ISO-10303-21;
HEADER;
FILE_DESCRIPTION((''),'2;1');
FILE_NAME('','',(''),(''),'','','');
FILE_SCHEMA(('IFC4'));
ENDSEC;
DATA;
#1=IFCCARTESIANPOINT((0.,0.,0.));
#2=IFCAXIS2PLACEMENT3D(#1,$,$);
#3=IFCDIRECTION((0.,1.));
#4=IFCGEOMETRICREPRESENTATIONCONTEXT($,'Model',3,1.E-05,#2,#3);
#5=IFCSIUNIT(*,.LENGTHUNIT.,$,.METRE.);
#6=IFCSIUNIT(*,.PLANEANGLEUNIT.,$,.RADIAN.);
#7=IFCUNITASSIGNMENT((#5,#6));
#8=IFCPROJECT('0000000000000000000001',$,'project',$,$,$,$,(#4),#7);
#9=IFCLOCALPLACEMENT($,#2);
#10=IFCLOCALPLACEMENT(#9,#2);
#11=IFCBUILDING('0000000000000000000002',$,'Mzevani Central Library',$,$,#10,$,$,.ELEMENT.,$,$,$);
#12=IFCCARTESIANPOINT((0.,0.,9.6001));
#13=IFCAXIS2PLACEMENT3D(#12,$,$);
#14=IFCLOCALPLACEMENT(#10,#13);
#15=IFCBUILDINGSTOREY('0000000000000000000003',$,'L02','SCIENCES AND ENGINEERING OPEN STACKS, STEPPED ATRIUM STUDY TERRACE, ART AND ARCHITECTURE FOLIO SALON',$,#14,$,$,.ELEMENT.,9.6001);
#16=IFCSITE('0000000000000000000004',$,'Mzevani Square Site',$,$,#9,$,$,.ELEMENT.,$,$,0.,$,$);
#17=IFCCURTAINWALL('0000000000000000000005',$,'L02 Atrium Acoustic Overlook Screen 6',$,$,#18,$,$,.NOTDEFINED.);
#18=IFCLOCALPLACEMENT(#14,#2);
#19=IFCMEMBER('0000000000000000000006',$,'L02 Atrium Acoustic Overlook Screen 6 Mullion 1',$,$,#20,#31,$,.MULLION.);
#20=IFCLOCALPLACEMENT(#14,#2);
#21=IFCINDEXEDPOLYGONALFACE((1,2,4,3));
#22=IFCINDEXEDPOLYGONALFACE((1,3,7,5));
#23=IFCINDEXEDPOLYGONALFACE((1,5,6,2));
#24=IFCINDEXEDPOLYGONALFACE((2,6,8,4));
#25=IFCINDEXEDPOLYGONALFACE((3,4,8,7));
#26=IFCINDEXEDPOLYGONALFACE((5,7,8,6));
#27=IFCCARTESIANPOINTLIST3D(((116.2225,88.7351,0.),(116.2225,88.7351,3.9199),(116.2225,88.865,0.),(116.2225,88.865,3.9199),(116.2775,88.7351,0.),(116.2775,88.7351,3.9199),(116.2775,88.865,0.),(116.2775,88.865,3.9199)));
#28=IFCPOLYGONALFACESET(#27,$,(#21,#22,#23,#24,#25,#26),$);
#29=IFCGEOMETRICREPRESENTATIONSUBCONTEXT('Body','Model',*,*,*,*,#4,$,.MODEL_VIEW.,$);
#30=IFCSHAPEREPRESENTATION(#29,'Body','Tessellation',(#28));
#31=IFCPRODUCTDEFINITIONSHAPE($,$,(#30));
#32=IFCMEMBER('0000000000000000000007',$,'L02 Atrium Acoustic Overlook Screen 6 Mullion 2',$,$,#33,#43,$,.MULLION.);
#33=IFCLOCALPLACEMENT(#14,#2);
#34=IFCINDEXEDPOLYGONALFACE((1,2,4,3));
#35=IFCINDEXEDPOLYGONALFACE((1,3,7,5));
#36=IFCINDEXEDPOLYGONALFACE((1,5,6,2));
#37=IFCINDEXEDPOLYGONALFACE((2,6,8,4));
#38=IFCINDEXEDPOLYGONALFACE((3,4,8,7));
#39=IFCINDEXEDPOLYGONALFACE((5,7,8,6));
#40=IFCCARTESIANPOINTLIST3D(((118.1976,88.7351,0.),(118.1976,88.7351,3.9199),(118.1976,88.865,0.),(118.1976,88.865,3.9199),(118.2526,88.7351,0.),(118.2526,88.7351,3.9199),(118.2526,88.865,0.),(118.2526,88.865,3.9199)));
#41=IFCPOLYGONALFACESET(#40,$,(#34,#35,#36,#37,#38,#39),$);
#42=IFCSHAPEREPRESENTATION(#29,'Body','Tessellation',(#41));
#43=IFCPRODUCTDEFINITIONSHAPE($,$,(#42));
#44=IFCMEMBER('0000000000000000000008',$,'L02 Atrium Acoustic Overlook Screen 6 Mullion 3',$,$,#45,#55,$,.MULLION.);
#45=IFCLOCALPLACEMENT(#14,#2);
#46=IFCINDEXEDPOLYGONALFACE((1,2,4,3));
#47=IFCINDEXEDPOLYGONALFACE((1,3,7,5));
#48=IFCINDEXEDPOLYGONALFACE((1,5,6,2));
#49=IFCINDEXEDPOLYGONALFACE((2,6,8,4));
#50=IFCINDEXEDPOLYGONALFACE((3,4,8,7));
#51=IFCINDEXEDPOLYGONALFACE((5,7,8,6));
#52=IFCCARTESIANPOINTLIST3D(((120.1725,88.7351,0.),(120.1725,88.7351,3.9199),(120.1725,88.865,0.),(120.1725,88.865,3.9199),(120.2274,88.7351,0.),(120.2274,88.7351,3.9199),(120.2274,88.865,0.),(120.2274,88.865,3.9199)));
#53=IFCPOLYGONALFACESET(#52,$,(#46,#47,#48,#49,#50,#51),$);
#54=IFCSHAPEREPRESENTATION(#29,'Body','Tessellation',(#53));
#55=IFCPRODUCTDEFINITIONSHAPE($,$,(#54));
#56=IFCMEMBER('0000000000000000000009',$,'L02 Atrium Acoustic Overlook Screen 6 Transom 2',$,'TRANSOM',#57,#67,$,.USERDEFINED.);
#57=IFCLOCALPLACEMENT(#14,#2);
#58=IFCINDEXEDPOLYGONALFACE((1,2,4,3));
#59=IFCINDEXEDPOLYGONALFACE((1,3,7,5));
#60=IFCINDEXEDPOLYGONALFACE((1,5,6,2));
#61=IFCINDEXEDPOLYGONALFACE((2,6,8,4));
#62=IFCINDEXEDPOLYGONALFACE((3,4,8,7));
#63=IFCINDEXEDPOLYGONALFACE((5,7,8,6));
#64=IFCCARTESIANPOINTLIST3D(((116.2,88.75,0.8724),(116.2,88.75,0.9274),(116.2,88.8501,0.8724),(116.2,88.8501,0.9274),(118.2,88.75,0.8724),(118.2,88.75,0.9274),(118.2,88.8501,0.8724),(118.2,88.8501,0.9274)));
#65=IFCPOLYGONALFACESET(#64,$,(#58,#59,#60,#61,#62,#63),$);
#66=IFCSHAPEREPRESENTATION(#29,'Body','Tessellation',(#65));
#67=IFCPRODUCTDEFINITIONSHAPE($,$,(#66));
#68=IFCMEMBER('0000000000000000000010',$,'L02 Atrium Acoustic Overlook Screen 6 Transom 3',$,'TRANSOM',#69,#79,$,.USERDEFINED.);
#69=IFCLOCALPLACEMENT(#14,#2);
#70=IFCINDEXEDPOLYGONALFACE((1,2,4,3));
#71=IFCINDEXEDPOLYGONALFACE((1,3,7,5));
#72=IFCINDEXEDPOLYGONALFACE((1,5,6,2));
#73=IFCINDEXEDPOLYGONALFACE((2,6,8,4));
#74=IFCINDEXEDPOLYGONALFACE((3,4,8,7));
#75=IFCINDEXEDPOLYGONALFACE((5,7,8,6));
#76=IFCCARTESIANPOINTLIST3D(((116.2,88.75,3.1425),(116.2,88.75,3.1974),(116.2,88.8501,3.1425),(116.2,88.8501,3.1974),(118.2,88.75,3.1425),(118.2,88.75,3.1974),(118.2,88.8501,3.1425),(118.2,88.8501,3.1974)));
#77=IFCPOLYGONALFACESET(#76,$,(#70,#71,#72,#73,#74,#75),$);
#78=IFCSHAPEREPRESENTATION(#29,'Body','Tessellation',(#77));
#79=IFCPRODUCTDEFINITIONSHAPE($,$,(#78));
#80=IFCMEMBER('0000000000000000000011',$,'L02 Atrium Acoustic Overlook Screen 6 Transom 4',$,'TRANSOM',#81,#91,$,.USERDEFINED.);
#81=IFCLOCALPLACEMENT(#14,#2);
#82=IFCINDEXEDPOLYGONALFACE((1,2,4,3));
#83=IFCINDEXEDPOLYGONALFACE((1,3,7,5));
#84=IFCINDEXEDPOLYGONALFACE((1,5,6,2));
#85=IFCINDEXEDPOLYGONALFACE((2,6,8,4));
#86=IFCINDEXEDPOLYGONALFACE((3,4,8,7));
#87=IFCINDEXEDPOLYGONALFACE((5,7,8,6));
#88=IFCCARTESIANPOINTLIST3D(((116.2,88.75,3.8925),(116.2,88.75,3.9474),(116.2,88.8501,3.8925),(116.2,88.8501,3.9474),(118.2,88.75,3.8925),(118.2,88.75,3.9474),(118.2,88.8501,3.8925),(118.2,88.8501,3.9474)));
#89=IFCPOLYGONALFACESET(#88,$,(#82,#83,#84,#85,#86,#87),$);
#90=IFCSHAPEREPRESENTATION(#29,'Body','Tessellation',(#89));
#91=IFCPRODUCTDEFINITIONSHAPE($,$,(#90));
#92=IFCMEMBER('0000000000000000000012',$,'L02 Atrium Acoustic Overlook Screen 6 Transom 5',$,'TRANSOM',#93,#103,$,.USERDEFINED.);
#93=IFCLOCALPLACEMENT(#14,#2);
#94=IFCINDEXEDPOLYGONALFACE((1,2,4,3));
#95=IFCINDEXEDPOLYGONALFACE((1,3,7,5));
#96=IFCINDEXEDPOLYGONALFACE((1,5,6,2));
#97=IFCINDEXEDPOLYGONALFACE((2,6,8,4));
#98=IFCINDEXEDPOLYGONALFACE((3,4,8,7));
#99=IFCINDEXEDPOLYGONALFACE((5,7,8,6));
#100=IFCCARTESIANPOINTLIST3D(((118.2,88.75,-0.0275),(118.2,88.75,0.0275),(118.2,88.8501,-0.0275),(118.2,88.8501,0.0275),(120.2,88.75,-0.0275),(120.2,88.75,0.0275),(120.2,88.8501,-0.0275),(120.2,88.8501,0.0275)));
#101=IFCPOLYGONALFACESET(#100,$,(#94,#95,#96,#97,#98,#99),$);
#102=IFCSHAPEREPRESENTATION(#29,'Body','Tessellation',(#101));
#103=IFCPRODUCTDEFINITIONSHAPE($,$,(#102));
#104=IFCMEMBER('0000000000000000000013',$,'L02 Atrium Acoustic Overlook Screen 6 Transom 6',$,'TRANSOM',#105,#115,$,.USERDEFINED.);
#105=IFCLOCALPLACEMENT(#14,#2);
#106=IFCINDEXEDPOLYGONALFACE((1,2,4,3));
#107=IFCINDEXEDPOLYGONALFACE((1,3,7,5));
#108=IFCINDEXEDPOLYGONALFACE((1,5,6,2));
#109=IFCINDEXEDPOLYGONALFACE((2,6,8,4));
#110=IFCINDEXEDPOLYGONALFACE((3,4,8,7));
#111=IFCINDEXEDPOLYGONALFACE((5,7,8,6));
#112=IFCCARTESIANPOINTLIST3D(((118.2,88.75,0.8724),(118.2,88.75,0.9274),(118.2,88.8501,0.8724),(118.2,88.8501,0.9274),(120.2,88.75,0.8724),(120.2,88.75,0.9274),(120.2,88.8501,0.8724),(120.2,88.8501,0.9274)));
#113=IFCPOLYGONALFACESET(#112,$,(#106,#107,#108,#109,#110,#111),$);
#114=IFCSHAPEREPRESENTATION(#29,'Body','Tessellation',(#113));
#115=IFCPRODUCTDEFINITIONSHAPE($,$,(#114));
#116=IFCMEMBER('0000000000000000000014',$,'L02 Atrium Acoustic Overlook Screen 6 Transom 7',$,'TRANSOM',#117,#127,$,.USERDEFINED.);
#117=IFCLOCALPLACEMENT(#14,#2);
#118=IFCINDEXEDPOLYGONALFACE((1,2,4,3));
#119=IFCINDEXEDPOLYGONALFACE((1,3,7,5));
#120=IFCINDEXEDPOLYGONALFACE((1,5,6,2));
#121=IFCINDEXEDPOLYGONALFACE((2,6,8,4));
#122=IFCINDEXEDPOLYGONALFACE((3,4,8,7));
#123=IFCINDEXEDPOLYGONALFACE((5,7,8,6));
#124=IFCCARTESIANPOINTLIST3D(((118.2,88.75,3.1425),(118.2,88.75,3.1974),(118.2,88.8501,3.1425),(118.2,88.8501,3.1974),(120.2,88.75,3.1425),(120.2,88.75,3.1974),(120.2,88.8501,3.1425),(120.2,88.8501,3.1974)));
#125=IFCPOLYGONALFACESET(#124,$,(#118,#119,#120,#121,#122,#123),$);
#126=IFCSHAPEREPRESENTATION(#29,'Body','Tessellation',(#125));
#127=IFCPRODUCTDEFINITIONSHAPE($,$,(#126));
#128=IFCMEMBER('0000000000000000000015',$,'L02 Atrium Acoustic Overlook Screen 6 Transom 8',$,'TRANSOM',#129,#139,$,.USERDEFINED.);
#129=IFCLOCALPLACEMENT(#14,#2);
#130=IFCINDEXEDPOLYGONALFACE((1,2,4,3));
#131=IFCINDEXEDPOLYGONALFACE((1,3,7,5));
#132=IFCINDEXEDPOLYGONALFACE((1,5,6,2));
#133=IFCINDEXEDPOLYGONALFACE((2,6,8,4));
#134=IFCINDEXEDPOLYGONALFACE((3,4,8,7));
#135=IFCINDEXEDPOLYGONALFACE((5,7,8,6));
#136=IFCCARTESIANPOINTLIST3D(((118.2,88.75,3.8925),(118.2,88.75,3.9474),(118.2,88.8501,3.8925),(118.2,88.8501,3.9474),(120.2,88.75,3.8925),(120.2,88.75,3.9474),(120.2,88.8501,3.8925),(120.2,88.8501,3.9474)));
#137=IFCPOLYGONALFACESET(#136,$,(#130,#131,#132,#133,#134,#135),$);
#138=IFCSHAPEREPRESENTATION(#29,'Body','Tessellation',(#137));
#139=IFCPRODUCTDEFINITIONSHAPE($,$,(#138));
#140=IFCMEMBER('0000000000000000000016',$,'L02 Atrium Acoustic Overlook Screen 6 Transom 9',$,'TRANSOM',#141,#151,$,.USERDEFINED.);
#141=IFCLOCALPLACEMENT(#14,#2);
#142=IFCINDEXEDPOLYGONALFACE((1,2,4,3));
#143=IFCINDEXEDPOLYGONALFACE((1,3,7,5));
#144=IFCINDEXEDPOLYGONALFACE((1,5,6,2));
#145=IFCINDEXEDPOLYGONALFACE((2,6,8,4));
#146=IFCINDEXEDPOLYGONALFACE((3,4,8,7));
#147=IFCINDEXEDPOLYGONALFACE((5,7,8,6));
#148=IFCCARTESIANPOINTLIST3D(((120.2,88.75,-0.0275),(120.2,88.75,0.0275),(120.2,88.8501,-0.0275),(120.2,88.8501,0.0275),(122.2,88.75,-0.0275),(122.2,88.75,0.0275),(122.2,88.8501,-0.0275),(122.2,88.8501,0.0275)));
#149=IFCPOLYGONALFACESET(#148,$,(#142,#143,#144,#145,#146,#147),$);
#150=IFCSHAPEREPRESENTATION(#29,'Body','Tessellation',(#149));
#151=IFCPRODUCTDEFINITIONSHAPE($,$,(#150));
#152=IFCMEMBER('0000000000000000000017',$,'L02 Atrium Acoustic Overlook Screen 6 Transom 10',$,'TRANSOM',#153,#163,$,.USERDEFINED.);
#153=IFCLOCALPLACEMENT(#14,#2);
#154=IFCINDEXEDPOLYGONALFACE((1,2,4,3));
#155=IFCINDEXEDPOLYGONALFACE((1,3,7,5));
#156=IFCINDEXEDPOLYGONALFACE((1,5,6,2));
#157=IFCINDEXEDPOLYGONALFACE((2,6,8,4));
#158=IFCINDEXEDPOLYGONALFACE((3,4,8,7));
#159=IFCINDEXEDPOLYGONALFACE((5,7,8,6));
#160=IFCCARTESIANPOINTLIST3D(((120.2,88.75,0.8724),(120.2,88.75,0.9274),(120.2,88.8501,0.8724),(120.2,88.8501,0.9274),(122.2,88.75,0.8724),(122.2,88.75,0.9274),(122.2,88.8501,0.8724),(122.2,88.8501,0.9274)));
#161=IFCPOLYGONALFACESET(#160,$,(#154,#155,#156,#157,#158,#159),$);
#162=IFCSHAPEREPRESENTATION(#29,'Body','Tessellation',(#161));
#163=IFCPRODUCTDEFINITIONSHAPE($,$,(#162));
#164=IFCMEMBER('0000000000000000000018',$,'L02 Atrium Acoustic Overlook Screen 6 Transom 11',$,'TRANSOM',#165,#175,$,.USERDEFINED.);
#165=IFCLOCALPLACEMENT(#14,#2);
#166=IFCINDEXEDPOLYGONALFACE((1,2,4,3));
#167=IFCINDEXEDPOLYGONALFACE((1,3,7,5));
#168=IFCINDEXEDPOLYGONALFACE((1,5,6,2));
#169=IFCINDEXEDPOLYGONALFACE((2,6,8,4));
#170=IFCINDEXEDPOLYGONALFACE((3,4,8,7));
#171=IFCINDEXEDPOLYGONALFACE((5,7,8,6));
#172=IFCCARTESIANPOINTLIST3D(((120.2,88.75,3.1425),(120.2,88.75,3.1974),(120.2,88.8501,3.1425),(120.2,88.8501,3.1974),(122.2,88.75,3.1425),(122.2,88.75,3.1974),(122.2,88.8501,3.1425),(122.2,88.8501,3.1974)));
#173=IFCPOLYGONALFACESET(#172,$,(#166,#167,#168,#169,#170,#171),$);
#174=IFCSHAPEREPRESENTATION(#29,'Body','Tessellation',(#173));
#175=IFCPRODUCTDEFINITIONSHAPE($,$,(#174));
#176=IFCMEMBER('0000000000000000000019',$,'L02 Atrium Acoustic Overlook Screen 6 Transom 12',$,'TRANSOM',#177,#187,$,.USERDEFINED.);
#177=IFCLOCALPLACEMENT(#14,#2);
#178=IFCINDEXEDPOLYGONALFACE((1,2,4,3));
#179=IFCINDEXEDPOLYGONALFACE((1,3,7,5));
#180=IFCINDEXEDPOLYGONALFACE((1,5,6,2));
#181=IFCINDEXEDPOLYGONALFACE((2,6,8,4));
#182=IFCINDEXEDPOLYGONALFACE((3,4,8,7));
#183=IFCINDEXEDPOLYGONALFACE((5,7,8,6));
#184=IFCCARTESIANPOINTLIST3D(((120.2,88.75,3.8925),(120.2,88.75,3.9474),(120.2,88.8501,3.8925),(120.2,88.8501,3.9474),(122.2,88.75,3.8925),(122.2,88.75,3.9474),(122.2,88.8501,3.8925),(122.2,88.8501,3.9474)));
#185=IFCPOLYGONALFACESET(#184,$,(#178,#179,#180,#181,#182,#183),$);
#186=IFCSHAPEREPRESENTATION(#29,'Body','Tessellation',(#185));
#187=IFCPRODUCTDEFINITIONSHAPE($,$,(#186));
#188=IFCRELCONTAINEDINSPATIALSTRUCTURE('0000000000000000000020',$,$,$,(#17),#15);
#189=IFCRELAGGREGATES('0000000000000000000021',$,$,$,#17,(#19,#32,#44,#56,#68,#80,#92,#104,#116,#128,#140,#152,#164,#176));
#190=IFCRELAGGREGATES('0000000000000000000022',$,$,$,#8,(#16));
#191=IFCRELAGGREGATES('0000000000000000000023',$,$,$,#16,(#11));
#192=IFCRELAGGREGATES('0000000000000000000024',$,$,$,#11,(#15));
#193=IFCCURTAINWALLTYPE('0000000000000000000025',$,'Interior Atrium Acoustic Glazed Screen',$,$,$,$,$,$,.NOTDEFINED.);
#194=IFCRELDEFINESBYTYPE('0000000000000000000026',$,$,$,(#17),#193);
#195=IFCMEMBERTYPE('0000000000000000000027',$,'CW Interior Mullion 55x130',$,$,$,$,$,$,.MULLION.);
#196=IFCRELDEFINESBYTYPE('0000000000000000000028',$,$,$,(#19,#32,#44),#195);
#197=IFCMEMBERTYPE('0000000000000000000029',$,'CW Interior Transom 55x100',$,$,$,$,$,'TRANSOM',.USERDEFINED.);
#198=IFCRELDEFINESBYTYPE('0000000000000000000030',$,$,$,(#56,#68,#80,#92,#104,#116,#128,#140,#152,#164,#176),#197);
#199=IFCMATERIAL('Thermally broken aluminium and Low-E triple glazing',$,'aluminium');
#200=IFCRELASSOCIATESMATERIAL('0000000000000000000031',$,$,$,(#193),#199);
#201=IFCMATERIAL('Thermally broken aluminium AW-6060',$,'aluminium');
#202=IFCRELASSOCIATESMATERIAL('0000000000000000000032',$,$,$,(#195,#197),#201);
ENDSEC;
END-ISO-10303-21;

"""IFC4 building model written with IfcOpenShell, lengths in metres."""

from ifc_helpers import new_model, si_unit, direction, frame, origin, origin_2d, place, context, subcontext, project, spatial, rectangle, extrude, material, material_profile, profile_set, type_object, element, aggregate, save


model = new_model("IFC4")

# Units and contexts
model_context = context("Model", 3, precision=1e-05, world=origin(), true_north=direction((0.0, 1.0)))
body_context = subcontext(model_context, "Body", "Model", "MODEL_VIEW")
ifc_project = project(units=[si_unit("LENGTHUNIT", "METRE"), si_unit("PLANEANGLEUNIT", "RADIAN")], contexts=[model_context])

# Site, building, storey
site_placement = place(None, origin())
site = spatial("IfcSite", under=ifc_project, at=site_placement, Name="Mzevani Square Site", CompositionType="ELEMENT", RefElevation=0.0)
building_placement = place(site_placement, origin())
building = spatial("IfcBuilding", under=site, at=building_placement, Name="Mzevani Central Library", CompositionType="ELEMENT")
storey_placement = place(building_placement, frame((0.0, 0.0, 9.6001)))
storey = spatial("IfcBuildingStorey", under=building, at=storey_placement, Name="L02", Description="SCIENCES AND ENGINEERING OPEN STACKS, STEPPED ATRIUM STUDY TERRACE, ART AND ARCHITECTURE FOLIO SALON", CompositionType="ELEMENT", Elevation=9.6001)

# Curtain wall, members
ifc_material_1 = material(Name="Thermally broken aluminium and Low-E triple glazing", Category="aluminium")
curtain_wall_type = type_object("IfcCurtainWallType", Name="Interior Atrium Acoustic Glazed Screen", PredefinedType="NOTDEFINED", material=ifc_material_1)
curtain_wall_placement = place(storey_placement, origin())
curtain_wall = element("IfcCurtainWall", 1, at=curtain_wall_placement, inside=storey, type_object=curtain_wall_type, Name="L02 Atrium Acoustic Overlook Screen 6", PredefinedType="NOTDEFINED")
ifc_material_2 = material(Name="Thermally broken aluminium AW-6060", Category="aluminium")
ifc_material_profile_1 = material_profile(ifc_material_2, rectangle(XDim=0.0549, YDim=0.1299, at=origin_2d()), Name="ALU M55x130")
ifc_profile_set_1 = profile_set([ifc_material_profile_1], Name="Thermally broken aluminium AW-6060")
member_type_1 = type_object("IfcMemberType", Name="CW Interior Mullion 55x130", PredefinedType="MULLION", material=ifc_profile_set_1)
member_1_placement = place(storey_placement, frame((116.25, 88.8, 0.0), z_axis=(0.0, 0.0, 1.0), x_axis=(1.0, 0.0, 0.0)))
member_1 = element("IfcMember", 2, at=member_1_placement, type_object=member_type_1, Name="L02 Atrium Acoustic Overlook Screen 6 Mullion 1", PredefinedType="MULLION", context=body_context, shape_type="SweptSolid", body=[
    extrude(rectangle(XDim=0.0549, YDim=0.1299, at=origin_2d()), origin(), (0.0, 0.0, 1.0), 3.9199),
])
member_2_placement = place(storey_placement, frame((118.2251, 88.8, 0.0), z_axis=(0.0, 0.0, 1.0), x_axis=(1.0, 0.0, 0.0)))
member_2 = element("IfcMember", 3, at=member_2_placement, type_object=member_type_1, Name="L02 Atrium Acoustic Overlook Screen 6 Mullion 2", PredefinedType="MULLION", context=body_context, shape_type="SweptSolid", body=[
    extrude(rectangle(XDim=0.0549, YDim=0.1299, at=origin_2d()), origin(), (0.0, 0.0, 1.0), 3.9199),
])
member_3_placement = place(storey_placement, frame((120.2, 88.8, 0.0), z_axis=(0.0, 0.0, 1.0), x_axis=(1.0, 0.0, 0.0)))
member_3 = element("IfcMember", 4, at=member_3_placement, type_object=member_type_1, Name="L02 Atrium Acoustic Overlook Screen 6 Mullion 3", PredefinedType="MULLION", context=body_context, shape_type="SweptSolid", body=[
    extrude(rectangle(XDim=0.0549, YDim=0.1299, at=origin_2d()), origin(), (0.0, 0.0, 1.0), 3.9199),
])
ifc_material_profile_2 = material_profile(ifc_material_2, rectangle(XDim=0.1001, YDim=0.0549, at=origin_2d()), Name="ALU T55x100")
ifc_profile_set_2 = profile_set([ifc_material_profile_2], Name="Thermally broken aluminium AW-6060")
member_type_2 = type_object("IfcMemberType", Name="CW Interior Transom 55x100", ElementType="TRANSOM", PredefinedType="USERDEFINED", material=ifc_profile_set_2)
member_4_placement = place(storey_placement, frame((116.2, 88.8, 0.8999), z_axis=(1.0, 0.0, 0.0), x_axis=(0.0, 1.0, 0.0)))
member_4 = element("IfcMember", 5, at=member_4_placement, type_object=member_type_2, Name="L02 Atrium Acoustic Overlook Screen 6 Transom 2", ObjectType="TRANSOM", PredefinedType="USERDEFINED", context=body_context, shape_type="SweptSolid", body=[
    extrude(rectangle(XDim=0.1001, YDim=0.0549, at=origin_2d()), origin(), (0.0, 0.0, 1.0), 2.0),
])
member_5_placement = place(storey_placement, frame((116.2, 88.8, 3.1699), z_axis=(1.0, 0.0, 0.0), x_axis=(0.0, 1.0, 0.0)))
member_5 = element("IfcMember", 6, at=member_5_placement, type_object=member_type_2, Name="L02 Atrium Acoustic Overlook Screen 6 Transom 3", ObjectType="TRANSOM", PredefinedType="USERDEFINED", context=body_context, shape_type="SweptSolid", body=[
    extrude(rectangle(XDim=0.1001, YDim=0.0549, at=origin_2d()), origin(), (0.0, 0.0, 1.0), 2.0),
])
member_6_placement = place(storey_placement, frame((116.2, 88.8, 3.9199), z_axis=(1.0, 0.0, 0.0), x_axis=(0.0, 1.0, 0.0)))
member_6 = element("IfcMember", 7, at=member_6_placement, type_object=member_type_2, Name="L02 Atrium Acoustic Overlook Screen 6 Transom 4", ObjectType="TRANSOM", PredefinedType="USERDEFINED", context=body_context, shape_type="SweptSolid", body=[
    extrude(rectangle(XDim=0.1001, YDim=0.0549, at=origin_2d()), origin(), (0.0, 0.0, 1.0), 2.0),
])
member_7_placement = place(storey_placement, frame((118.2, 88.8, 0.0), z_axis=(1.0, 0.0, 0.0), x_axis=(0.0, 1.0, 0.0)))
member_7 = element("IfcMember", 8, at=member_7_placement, type_object=member_type_2, Name="L02 Atrium Acoustic Overlook Screen 6 Transom 5", ObjectType="TRANSOM", PredefinedType="USERDEFINED", context=body_context, shape_type="SweptSolid", body=[
    extrude(rectangle(XDim=0.1001, YDim=0.0549, at=origin_2d()), origin(), (0.0, 0.0, 1.0), 2.0),
])
member_8_placement = place(storey_placement, frame((118.2, 88.8, 0.8999), z_axis=(1.0, 0.0, 0.0), x_axis=(0.0, 1.0, 0.0)))
member_8 = element("IfcMember", 9, at=member_8_placement, type_object=member_type_2, Name="L02 Atrium Acoustic Overlook Screen 6 Transom 6", ObjectType="TRANSOM", PredefinedType="USERDEFINED", context=body_context, shape_type="SweptSolid", body=[
    extrude(rectangle(XDim=0.1001, YDim=0.0549, at=origin_2d()), origin(), (0.0, 0.0, 1.0), 2.0),
])
member_9_placement = place(storey_placement, frame((118.2, 88.8, 3.1699), z_axis=(1.0, 0.0, 0.0), x_axis=(0.0, 1.0, 0.0)))
member_9 = element("IfcMember", 10, at=member_9_placement, type_object=member_type_2, Name="L02 Atrium Acoustic Overlook Screen 6 Transom 7", ObjectType="TRANSOM", PredefinedType="USERDEFINED", context=body_context, shape_type="SweptSolid", body=[
    extrude(rectangle(XDim=0.1001, YDim=0.0549, at=origin_2d()), origin(), (0.0, 0.0, 1.0), 2.0),
])
member_10_placement = place(storey_placement, frame((118.2, 88.8, 3.9199), z_axis=(1.0, 0.0, 0.0), x_axis=(0.0, 1.0, 0.0)))
member_10 = element("IfcMember", 11, at=member_10_placement, type_object=member_type_2, Name="L02 Atrium Acoustic Overlook Screen 6 Transom 8", ObjectType="TRANSOM", PredefinedType="USERDEFINED", context=body_context, shape_type="SweptSolid", body=[
    extrude(rectangle(XDim=0.1001, YDim=0.0549, at=origin_2d()), origin(), (0.0, 0.0, 1.0), 2.0),
])
member_11_placement = place(storey_placement, frame((120.2, 88.8, 0.0), z_axis=(1.0, 0.0, 0.0), x_axis=(0.0, 1.0, 0.0)))
member_11 = element("IfcMember", 12, at=member_11_placement, type_object=member_type_2, Name="L02 Atrium Acoustic Overlook Screen 6 Transom 9", ObjectType="TRANSOM", PredefinedType="USERDEFINED", context=body_context, shape_type="SweptSolid", body=[
    extrude(rectangle(XDim=0.1001, YDim=0.0549, at=origin_2d()), origin(), (0.0, 0.0, 1.0), 2.0),
])
member_12_placement = place(storey_placement, frame((120.2, 88.8, 0.8999), z_axis=(1.0, 0.0, 0.0), x_axis=(0.0, 1.0, 0.0)))
member_12 = element("IfcMember", 13, at=member_12_placement, type_object=member_type_2, Name="L02 Atrium Acoustic Overlook Screen 6 Transom 10", ObjectType="TRANSOM", PredefinedType="USERDEFINED", context=body_context, shape_type="SweptSolid", body=[
    extrude(rectangle(XDim=0.1001, YDim=0.0549, at=origin_2d()), origin(), (0.0, 0.0, 1.0), 2.0),
])
member_13_placement = place(storey_placement, frame((120.2, 88.8, 3.1699), z_axis=(1.0, 0.0, 0.0), x_axis=(0.0, 1.0, 0.0)))
member_13 = element("IfcMember", 14, at=member_13_placement, type_object=member_type_2, Name="L02 Atrium Acoustic Overlook Screen 6 Transom 11", ObjectType="TRANSOM", PredefinedType="USERDEFINED", context=body_context, shape_type="SweptSolid", body=[
    extrude(rectangle(XDim=0.1001, YDim=0.0549, at=origin_2d()), origin(), (0.0, 0.0, 1.0), 2.0),
])
member_14_placement = place(storey_placement, frame((120.2, 88.8, 3.9199), z_axis=(1.0, 0.0, 0.0), x_axis=(0.0, 1.0, 0.0)))
member_14 = element("IfcMember", 15, at=member_14_placement, type_object=member_type_2, Name="L02 Atrium Acoustic Overlook Screen 6 Transom 12", ObjectType="TRANSOM", PredefinedType="USERDEFINED", context=body_context, shape_type="SweptSolid", body=[
    extrude(rectangle(XDim=0.1001, YDim=0.0549, at=origin_2d()), origin(), (0.0, 0.0, 1.0), 2.0),
])
aggregate(curtain_wall, [member_1, member_2, member_3, member_4, member_5, member_6, member_7, member_8, member_9, member_10, member_11, member_12, member_13, member_14])

save(model, "model.ifc")
